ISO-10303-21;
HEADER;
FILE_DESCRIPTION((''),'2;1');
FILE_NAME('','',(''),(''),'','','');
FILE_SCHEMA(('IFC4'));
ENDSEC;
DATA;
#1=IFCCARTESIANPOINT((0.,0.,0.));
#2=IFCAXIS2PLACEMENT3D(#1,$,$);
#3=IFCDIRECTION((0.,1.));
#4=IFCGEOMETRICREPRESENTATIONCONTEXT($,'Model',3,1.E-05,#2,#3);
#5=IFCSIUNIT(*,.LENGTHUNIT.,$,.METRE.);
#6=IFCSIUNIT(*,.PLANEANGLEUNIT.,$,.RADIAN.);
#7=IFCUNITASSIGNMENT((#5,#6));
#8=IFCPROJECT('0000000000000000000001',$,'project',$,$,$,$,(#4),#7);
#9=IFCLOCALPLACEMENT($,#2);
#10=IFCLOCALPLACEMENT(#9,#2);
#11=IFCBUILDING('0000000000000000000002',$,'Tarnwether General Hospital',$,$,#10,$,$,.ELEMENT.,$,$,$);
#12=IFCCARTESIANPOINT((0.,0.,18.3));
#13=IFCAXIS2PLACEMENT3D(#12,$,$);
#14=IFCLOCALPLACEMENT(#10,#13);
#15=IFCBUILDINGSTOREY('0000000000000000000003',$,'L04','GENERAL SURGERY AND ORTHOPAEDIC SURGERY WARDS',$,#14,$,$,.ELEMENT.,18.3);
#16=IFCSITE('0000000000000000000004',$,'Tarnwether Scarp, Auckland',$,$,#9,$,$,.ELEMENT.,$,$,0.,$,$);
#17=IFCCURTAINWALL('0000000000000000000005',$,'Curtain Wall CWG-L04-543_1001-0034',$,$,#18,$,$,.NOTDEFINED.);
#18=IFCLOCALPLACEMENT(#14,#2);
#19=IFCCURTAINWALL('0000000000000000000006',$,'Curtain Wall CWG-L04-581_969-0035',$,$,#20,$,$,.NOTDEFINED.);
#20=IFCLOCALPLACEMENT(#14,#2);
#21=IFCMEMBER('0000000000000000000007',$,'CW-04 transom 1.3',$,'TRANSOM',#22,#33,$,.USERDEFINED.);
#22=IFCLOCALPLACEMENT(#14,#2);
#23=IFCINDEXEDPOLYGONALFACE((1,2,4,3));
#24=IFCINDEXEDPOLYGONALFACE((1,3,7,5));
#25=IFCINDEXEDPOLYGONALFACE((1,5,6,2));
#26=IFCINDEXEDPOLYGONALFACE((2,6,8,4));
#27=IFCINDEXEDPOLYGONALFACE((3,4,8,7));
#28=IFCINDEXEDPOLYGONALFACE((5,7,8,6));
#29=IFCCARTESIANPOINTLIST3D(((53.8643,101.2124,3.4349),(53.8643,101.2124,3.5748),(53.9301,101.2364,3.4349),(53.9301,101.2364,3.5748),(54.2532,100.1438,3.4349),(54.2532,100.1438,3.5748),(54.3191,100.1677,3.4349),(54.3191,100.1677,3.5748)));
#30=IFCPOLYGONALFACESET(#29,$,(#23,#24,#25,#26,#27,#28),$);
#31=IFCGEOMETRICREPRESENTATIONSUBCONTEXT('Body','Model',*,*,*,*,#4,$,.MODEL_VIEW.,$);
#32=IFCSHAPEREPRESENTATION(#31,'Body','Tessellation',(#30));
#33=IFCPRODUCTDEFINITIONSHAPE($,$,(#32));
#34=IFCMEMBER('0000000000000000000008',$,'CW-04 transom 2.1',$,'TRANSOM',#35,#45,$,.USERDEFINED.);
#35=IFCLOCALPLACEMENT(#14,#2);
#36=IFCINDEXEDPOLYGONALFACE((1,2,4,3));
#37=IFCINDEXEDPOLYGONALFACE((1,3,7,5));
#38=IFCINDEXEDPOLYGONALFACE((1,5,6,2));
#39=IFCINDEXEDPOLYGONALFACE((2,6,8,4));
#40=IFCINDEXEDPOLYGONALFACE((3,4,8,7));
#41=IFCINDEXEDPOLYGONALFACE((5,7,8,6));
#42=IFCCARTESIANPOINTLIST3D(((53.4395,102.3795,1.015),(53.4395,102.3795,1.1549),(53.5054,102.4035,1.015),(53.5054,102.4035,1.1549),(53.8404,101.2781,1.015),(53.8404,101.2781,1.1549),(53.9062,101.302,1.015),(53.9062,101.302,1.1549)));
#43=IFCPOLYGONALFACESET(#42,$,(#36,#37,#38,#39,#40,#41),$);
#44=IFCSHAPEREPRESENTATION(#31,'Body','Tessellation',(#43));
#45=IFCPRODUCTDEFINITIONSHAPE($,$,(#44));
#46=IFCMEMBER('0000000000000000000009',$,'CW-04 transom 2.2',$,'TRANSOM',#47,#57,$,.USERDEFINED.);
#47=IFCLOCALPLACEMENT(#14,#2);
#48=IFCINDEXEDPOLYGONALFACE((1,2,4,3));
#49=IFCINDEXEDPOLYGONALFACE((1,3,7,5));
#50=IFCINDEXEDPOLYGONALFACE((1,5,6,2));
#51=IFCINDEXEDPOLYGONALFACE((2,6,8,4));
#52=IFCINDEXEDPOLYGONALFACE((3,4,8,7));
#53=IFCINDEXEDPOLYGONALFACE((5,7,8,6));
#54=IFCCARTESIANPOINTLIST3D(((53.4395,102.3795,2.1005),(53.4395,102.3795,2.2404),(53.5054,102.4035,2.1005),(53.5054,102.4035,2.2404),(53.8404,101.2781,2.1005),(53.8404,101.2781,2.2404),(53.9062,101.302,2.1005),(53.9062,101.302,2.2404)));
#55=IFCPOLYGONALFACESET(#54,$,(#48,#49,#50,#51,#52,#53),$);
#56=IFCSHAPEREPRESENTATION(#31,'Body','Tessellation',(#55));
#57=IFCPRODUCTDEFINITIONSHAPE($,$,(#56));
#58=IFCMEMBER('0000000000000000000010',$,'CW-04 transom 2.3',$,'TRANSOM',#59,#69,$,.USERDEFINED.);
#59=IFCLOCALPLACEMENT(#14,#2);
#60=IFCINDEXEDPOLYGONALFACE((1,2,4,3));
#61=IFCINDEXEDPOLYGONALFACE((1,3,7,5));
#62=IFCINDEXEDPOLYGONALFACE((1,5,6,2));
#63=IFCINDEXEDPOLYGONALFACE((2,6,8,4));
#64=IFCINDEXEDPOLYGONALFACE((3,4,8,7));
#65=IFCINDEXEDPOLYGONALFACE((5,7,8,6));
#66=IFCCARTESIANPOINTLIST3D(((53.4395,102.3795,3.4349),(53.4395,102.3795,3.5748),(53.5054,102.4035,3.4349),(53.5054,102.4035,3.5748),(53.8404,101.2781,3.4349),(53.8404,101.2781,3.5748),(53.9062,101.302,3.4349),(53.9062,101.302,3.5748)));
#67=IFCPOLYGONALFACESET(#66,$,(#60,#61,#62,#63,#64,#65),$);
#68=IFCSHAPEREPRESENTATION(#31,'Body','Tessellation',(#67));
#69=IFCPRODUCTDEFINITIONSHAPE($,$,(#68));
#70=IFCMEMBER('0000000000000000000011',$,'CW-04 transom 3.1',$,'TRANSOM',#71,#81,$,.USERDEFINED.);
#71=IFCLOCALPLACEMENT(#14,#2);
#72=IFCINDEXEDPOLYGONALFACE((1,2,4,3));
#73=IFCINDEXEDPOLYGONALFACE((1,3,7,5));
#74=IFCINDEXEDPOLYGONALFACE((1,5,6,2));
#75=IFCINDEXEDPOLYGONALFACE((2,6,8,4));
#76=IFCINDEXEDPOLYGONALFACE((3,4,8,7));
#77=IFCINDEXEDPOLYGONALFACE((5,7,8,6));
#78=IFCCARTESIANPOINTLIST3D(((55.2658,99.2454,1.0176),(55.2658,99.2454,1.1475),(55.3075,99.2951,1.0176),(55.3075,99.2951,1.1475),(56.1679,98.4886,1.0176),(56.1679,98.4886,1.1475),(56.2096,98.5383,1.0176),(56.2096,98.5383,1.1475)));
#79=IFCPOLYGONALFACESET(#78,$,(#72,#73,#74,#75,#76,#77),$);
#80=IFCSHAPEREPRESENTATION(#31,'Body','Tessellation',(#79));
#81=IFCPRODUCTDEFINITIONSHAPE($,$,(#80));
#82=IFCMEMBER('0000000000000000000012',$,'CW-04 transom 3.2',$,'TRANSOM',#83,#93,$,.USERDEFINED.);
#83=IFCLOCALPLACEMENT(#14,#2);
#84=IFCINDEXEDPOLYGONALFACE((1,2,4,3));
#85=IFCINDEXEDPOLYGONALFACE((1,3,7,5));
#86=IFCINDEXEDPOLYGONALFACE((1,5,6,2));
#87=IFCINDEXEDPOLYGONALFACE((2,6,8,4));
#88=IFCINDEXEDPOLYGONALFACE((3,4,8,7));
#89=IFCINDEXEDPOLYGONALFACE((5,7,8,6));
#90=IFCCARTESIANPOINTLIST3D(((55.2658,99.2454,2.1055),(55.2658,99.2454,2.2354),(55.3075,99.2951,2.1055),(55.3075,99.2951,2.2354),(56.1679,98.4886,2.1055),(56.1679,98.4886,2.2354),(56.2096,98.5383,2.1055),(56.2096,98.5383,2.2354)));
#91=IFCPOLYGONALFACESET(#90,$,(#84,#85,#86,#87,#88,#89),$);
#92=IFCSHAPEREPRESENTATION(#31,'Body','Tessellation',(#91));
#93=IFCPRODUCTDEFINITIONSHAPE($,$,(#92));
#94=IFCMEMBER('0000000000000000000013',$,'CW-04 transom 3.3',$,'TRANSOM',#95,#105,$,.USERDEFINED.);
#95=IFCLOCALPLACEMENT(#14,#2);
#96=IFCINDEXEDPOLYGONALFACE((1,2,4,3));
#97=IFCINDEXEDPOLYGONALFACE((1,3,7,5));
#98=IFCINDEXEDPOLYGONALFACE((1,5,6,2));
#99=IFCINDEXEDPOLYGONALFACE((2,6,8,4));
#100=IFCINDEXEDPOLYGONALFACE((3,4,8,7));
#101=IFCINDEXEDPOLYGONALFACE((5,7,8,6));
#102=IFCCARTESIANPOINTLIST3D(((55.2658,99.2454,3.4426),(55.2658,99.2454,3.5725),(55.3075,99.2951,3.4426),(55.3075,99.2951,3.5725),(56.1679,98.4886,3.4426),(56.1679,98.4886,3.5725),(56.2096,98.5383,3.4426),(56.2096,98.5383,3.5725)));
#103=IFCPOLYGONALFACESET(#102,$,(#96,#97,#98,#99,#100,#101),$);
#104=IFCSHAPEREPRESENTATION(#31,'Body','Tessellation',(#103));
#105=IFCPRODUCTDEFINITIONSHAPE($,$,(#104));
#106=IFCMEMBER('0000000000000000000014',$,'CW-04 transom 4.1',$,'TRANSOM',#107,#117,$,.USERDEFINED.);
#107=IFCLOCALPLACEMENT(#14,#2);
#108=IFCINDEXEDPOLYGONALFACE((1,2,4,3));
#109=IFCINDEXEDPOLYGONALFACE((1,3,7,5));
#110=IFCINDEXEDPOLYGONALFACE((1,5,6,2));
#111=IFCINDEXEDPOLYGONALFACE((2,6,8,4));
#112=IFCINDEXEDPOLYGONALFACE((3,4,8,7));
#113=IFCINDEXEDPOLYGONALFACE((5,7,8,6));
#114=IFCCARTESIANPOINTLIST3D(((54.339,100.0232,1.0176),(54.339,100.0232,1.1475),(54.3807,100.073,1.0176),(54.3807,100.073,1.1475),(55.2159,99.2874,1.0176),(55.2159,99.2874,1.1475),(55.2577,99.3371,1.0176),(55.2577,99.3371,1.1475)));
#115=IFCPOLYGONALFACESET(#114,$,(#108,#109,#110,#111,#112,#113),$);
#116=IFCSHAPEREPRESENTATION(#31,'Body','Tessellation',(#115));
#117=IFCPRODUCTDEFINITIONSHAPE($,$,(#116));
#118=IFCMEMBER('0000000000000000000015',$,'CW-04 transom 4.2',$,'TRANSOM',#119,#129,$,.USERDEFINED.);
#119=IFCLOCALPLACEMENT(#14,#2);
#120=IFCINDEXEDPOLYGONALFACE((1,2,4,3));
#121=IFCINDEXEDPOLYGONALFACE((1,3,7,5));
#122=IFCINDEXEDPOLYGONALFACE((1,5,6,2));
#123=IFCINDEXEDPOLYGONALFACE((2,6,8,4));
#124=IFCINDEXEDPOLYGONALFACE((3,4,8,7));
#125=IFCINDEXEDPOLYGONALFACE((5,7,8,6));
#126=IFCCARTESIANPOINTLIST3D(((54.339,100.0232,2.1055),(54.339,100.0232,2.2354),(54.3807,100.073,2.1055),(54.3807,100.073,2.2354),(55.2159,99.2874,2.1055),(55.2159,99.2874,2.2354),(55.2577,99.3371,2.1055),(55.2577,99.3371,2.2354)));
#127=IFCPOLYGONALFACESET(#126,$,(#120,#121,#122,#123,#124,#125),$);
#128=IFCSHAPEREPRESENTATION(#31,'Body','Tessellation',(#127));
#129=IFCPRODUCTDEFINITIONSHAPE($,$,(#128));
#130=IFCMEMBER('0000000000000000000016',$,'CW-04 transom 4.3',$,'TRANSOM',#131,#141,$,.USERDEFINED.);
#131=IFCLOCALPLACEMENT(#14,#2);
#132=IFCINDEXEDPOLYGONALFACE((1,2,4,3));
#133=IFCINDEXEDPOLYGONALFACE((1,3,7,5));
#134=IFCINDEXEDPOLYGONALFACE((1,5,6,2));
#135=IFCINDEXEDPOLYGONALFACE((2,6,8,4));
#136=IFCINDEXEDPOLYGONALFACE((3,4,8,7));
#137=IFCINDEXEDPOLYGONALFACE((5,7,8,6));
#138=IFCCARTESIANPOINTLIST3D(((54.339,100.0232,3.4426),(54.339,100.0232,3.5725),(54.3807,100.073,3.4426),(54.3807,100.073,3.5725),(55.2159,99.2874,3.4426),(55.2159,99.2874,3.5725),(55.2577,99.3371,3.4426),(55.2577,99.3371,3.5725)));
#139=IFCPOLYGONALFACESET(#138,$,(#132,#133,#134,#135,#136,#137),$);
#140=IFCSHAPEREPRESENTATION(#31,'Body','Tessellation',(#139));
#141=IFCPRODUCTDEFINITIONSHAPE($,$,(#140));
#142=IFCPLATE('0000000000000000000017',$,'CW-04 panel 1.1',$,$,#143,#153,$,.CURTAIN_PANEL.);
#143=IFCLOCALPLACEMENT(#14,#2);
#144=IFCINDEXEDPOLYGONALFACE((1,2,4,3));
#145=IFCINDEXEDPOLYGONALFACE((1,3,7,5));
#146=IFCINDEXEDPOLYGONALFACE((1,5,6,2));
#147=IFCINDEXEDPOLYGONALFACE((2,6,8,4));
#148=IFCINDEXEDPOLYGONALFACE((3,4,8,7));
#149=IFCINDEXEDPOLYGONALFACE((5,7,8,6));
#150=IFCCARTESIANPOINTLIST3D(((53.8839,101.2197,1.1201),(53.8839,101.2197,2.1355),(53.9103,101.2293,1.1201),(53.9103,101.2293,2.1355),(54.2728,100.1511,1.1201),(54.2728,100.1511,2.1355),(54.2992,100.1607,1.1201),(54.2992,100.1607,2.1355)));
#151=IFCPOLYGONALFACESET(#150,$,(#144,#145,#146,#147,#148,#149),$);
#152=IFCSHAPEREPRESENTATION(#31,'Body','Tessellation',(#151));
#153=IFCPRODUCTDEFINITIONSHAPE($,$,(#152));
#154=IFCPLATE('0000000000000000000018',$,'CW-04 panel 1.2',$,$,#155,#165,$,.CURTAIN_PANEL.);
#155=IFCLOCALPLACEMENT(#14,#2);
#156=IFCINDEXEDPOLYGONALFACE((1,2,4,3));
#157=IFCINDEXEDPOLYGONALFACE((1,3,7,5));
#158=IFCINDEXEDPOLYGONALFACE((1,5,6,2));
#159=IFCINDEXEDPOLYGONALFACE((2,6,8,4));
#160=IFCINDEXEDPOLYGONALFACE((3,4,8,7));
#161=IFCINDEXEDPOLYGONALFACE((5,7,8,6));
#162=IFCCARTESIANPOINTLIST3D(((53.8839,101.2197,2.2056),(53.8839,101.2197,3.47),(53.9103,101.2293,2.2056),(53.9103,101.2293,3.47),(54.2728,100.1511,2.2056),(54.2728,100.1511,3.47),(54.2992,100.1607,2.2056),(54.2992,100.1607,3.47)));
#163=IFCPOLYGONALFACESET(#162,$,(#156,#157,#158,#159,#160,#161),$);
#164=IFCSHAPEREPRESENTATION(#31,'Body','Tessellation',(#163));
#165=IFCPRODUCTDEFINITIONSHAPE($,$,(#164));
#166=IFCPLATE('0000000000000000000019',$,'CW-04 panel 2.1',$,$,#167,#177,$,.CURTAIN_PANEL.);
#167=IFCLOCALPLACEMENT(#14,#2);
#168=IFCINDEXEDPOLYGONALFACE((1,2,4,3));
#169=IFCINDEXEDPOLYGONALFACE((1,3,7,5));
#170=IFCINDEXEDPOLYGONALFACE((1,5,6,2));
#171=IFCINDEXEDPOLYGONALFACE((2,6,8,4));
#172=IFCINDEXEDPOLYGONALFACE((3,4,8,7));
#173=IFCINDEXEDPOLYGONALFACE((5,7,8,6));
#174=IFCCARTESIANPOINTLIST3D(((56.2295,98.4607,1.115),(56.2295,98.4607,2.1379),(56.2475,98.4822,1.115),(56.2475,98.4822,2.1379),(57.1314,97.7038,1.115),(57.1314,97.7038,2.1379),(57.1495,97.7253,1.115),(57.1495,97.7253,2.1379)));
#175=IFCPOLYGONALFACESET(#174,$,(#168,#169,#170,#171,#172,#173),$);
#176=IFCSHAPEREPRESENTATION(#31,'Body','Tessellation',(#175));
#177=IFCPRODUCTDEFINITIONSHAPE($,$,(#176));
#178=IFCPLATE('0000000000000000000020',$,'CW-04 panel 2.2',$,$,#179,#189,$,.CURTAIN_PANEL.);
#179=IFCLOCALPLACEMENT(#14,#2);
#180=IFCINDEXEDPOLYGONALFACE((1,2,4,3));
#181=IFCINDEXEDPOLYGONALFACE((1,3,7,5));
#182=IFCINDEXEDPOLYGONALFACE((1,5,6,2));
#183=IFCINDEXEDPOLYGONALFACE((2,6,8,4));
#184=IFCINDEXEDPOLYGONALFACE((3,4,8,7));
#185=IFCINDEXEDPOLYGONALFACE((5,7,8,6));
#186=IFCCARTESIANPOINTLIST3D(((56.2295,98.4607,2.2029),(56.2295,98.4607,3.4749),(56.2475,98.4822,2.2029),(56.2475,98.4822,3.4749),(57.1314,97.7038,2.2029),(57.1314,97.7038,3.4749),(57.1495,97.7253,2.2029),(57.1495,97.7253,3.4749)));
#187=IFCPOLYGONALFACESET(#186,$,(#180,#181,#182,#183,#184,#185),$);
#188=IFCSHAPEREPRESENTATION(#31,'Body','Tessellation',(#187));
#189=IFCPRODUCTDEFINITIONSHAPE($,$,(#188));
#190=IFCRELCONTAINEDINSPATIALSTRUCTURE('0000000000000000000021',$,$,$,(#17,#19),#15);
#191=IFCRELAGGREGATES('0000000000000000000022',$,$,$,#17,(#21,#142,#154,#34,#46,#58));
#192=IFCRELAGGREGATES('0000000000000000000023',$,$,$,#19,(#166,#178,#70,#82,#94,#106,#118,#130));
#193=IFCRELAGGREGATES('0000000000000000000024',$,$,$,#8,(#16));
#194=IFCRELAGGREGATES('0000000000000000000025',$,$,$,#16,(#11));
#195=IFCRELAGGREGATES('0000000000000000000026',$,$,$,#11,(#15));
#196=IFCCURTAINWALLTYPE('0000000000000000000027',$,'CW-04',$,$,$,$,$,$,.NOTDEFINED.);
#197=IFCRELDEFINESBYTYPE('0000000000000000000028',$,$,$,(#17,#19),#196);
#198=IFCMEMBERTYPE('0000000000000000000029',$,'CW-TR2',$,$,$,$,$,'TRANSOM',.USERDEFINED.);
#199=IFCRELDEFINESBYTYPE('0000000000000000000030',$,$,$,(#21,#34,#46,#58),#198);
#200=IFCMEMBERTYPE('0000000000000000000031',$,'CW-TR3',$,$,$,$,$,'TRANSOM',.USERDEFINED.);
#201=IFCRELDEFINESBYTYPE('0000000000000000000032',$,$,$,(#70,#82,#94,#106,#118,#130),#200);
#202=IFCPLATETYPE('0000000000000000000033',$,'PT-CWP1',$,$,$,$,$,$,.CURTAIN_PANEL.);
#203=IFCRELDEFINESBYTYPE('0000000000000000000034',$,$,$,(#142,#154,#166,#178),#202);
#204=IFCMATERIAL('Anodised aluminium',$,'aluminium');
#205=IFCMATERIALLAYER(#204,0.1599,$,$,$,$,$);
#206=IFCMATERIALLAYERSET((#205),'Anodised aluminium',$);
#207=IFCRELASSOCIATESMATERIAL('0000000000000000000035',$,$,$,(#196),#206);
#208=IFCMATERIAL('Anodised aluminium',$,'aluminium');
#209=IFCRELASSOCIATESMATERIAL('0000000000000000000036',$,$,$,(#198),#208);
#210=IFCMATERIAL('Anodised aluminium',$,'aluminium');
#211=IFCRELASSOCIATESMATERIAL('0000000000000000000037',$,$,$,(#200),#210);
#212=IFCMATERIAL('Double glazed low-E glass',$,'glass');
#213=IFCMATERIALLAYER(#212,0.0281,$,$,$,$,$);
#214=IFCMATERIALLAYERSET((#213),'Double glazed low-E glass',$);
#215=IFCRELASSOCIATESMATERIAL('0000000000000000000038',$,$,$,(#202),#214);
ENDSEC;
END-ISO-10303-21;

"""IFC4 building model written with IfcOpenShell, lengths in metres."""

from ifc_helpers import new_model, si_unit, direction, frame, origin, origin_2d, place, context, subcontext, project, spatial, rectangle, extrude, material, layer, layer_set, material_profile, profile_set, type_object, element, aggregate, save


model = new_model("IFC4")

# Units and contexts
model_context = context("Model", 3, precision=1e-05, world=origin(), true_north=direction((0.0, 1.0)))
body_context = subcontext(model_context, "Body", "Model", "MODEL_VIEW")
ifc_project = project(units=[si_unit("LENGTHUNIT", "METRE"), si_unit("PLANEANGLEUNIT", "RADIAN")], contexts=[model_context])

# Site, building, storey
site_placement = place(None, origin())
site = spatial("IfcSite", under=ifc_project, at=site_placement, Name="Tarnwether Scarp, Auckland", CompositionType="ELEMENT", RefElevation=0.0)
building_placement = place(site_placement, origin())
building = spatial("IfcBuilding", under=site, at=building_placement, Name="Tarnwether General Hospital", CompositionType="ELEMENT")
storey_placement = place(building_placement, frame((0.0, 0.0, 18.3)))
storey = spatial("IfcBuildingStorey", under=building, at=storey_placement, Name="L04", Description="GENERAL SURGERY AND ORTHOPAEDIC SURGERY WARDS", CompositionType="ELEMENT", Elevation=18.3)

# Curtain wall
ifc_material_1 = material(Name="Anodised aluminium", Category="aluminium")
ifc_layer_1 = layer(ifc_material_1, 0.1599)
ifc_layer_set_1 = layer_set([ifc_layer_1], Name="Anodised aluminium")
curtain_wall_type = type_object("IfcCurtainWallType", Name="CW-04", PredefinedType="NOTDEFINED", material=ifc_layer_set_1)
curtain_wall_1_placement = place(storey_placement, origin())
curtain_wall_1 = element("IfcCurtainWall", 1, at=curtain_wall_1_placement, inside=storey, type_object=curtain_wall_type, Name="Curtain Wall CWG-L04-543_1001-0034", PredefinedType="NOTDEFINED")

# Curtain wall
curtain_wall_2_placement = place(storey_placement, origin())
curtain_wall_2 = element("IfcCurtainWall", 2, at=curtain_wall_2_placement, inside=storey, type_object=curtain_wall_type, Name="Curtain Wall CWG-L04-581_969-0035", PredefinedType="NOTDEFINED")

# Members
ifc_material_2 = material(Name="Anodised aluminium", Category="aluminium")
ifc_material_profile_1 = material_profile(ifc_material_2, rectangle(XDim=0.0701, YDim=0.1399, at=origin_2d()), Name="ALU-TRN-70x140")
ifc_profile_set_1 = profile_set([ifc_material_profile_1], Name="Anodised aluminium")
member_type_1 = type_object("IfcMemberType", Name="CW-TR2", ElementType="TRANSOM", PredefinedType="USERDEFINED", material=ifc_profile_set_1)
member_1_placement = place(storey_placement, frame((54.2861, 100.1558, 3.5049), z_axis=(-0.342002, 0.939699, 0.0), x_axis=(-0.939699, -0.342002, 0.0)))
member_1 = element("IfcMember", 3, at=member_1_placement, type_object=member_type_1, Name="CW-04 transom 1.3", ObjectType="TRANSOM", PredefinedType="USERDEFINED", context=body_context, shape_type="SweptSolid", body=[
    extrude(rectangle(XDim=0.0701, YDim=0.1399, at=origin_2d()), origin(), (0.0, 0.0, 1.0), 1.1372),
])
member_2_placement = place(storey_placement, frame((53.8733, 101.29, 1.085), z_axis=(-0.341977, 0.939708, 0.0), x_axis=(-0.939708, -0.341977, 0.0)))
member_2 = element("IfcMember", 4, at=member_2_placement, type_object=member_type_1, Name="CW-04 transom 2.1", ObjectType="TRANSOM", PredefinedType="USERDEFINED", context=body_context, shape_type="SweptSolid", body=[
    extrude(rectangle(XDim=0.0701, YDim=0.1399, at=origin_2d()), origin(), (0.0, 0.0, 1.0), 1.1721),
])
member_3_placement = place(storey_placement, frame((53.8733, 101.29, 2.1704), z_axis=(-0.341977, 0.939708, 0.0), x_axis=(-0.939708, -0.341977, 0.0)))
member_3 = element("IfcMember", 5, at=member_3_placement, type_object=member_type_1, Name="CW-04 transom 2.2", ObjectType="TRANSOM", PredefinedType="USERDEFINED", context=body_context, shape_type="SweptSolid", body=[
    extrude(rectangle(XDim=0.0701, YDim=0.1399, at=origin_2d()), origin(), (0.0, 0.0, 1.0), 1.1721),
])
member_4_placement = place(storey_placement, frame((53.8733, 101.29, 3.5049), z_axis=(-0.341977, 0.939708, 0.0), x_axis=(-0.939708, -0.341977, 0.0)))
member_4 = element("IfcMember", 6, at=member_4_placement, type_object=member_type_1, Name="CW-04 transom 2.3", ObjectType="TRANSOM", PredefinedType="USERDEFINED", context=body_context, shape_type="SweptSolid", body=[
    extrude(rectangle(XDim=0.0701, YDim=0.1399, at=origin_2d()), origin(), (0.0, 0.0, 1.0), 1.1721),
])
ifc_material_3 = material(Name="Anodised aluminium", Category="aluminium")
ifc_material_profile_2 = material_profile(ifc_material_3, rectangle(XDim=0.0649, YDim=0.1299, at=origin_2d()), Name="ALU-TRN-65x130")
ifc_profile_set_2 = profile_set([ifc_material_profile_2], Name="Anodised aluminium")
member_type_2 = type_object("IfcMemberType", Name="CW-TR3", ElementType="TRANSOM", PredefinedType="USERDEFINED", material=ifc_profile_set_2)
member_5_placement = place(storey_placement, frame((56.1887, 98.5134, 1.0825), z_axis=(-0.766093, 0.64273, 0.0), x_axis=(-0.64273, -0.766093, 0.0)))
member_5 = element("IfcMember", 7, at=member_5_placement, type_object=member_type_2, Name="CW-04 transom 3.1", ObjectType="TRANSOM", PredefinedType="USERDEFINED", context=body_context, shape_type="SweptSolid", body=[
    extrude(rectangle(XDim=0.0649, YDim=0.1299, at=origin_2d()), origin(), (0.0, 0.0, 1.0), 1.1775),
])
member_6_placement = place(storey_placement, frame((56.1887, 98.5134, 2.1704), z_axis=(-0.766093, 0.64273, 0.0), x_axis=(-0.64273, -0.766093, 0.0)))
member_6 = element("IfcMember", 8, at=member_6_placement, type_object=member_type_2, Name="CW-04 transom 3.2", ObjectType="TRANSOM", PredefinedType="USERDEFINED", context=body_context, shape_type="SweptSolid", body=[
    extrude(rectangle(XDim=0.0649, YDim=0.1299, at=origin_2d()), origin(), (0.0, 0.0, 1.0), 1.1775),
])
member_7_placement = place(storey_placement, frame((56.1887, 98.5134, 3.5076), z_axis=(-0.766093, 0.64273, 0.0), x_axis=(-0.64273, -0.766093, 0.0)))
member_7 = element("IfcMember", 9, at=member_7_placement, type_object=member_type_2, Name="CW-04 transom 3.3", ObjectType="TRANSOM", PredefinedType="USERDEFINED", context=body_context, shape_type="SweptSolid", body=[
    extrude(rectangle(XDim=0.0649, YDim=0.1299, at=origin_2d()), origin(), (0.0, 0.0, 1.0), 1.1775),
])
member_8_placement = place(storey_placement, frame((55.2368, 99.3123, 1.0825), z_axis=(-0.766049, 0.642782, 0.0), x_axis=(-0.642782, -0.766049, 0.0)))
member_8 = element("IfcMember", 10, at=member_8_placement, type_object=member_type_2, Name="CW-04 transom 4.1", ObjectType="TRANSOM", PredefinedType="USERDEFINED", context=body_context, shape_type="SweptSolid", body=[
    extrude(rectangle(XDim=0.0649, YDim=0.1299, at=origin_2d()), origin(), (0.0, 0.0, 1.0), 1.1448),
])
member_9_placement = place(storey_placement, frame((55.2368, 99.3123, 2.1704), z_axis=(-0.766049, 0.642782, 0.0), x_axis=(-0.642782, -0.766049, 0.0)))
member_9 = element("IfcMember", 11, at=member_9_placement, type_object=member_type_2, Name="CW-04 transom 4.2", ObjectType="TRANSOM", PredefinedType="USERDEFINED", context=body_context, shape_type="SweptSolid", body=[
    extrude(rectangle(XDim=0.0649, YDim=0.1299, at=origin_2d()), origin(), (0.0, 0.0, 1.0), 1.1448),
])
member_10_placement = place(storey_placement, frame((55.2368, 99.3123, 3.5076), z_axis=(-0.766049, 0.642782, 0.0), x_axis=(-0.642782, -0.766049, 0.0)))
member_10 = element("IfcMember", 12, at=member_10_placement, type_object=member_type_2, Name="CW-04 transom 4.3", ObjectType="TRANSOM", PredefinedType="USERDEFINED", context=body_context, shape_type="SweptSolid", body=[
    extrude(rectangle(XDim=0.0649, YDim=0.1299, at=origin_2d()), origin(), (0.0, 0.0, 1.0), 1.1448),
])

# Plates
ifc_material_4 = material(Name="Double glazed low-E glass", Category="glass")
ifc_layer_2 = layer(ifc_material_4, 0.0281)
ifc_layer_set_2 = layer_set([ifc_layer_2], Name="Double glazed low-E glass")
plate_type_1 = type_object("IfcPlateType", Name="PT-CWP1", PredefinedType="CURTAIN_PANEL", material=ifc_layer_set_2)
plate_1_placement = place(storey_placement, frame((54.0916, 100.6902, 1.1201), z_axis=(0.0, 0.0, 1.0), x_axis=(-0.341953, 0.939717, 0.0)))
plate_1 = element("IfcPlate", 13, at=plate_1_placement, type_object=plate_type_1, Name="CW-04 panel 1.1", PredefinedType="CURTAIN_PANEL", context=body_context, shape_type="SweptSolid", body=[
    extrude(rectangle(XDim=1.1372, YDim=0.0281, at=origin_2d()), origin(), (0.0, 0.0, 1.0), 1.0154),
])
plate_2_placement = place(storey_placement, frame((54.0916, 100.6902, 2.2056), z_axis=(0.0, 0.0, 1.0), x_axis=(-0.341953, 0.939717, 0.0)))
plate_2 = element("IfcPlate", 14, at=plate_2_placement, type_object=plate_type_1, Name="CW-04 panel 1.2", PredefinedType="CURTAIN_PANEL", context=body_context, shape_type="SweptSolid", body=[
    extrude(rectangle(XDim=1.1372, YDim=0.0281, at=origin_2d()), origin(), (0.0, 0.0, 1.0), 1.2644),
])
aggregate(curtain_wall_1, [member_1, plate_1, plate_2, member_2, member_3, member_4])
plate_3_placement = place(storey_placement, frame((56.6895, 98.093, 1.115), z_axis=(0.0, 0.0, 1.0), x_axis=(-0.76599, 0.642852, 0.0)))
plate_3 = element("IfcPlate", 15, at=plate_3_placement, type_object=plate_type_1, Name="CW-04 panel 2.1", PredefinedType="CURTAIN_PANEL", context=body_context, shape_type="SweptSolid", body=[
    extrude(rectangle(XDim=1.1775, YDim=0.0281, at=origin_2d()), origin(), (0.0, 0.0, 1.0), 1.0229),
])
plate_4_placement = place(storey_placement, frame((56.6895, 98.093, 2.2029), z_axis=(0.0, 0.0, 1.0), x_axis=(-0.76599, 0.642852, 0.0)))
plate_4 = element("IfcPlate", 16, at=plate_4_placement, type_object=plate_type_1, Name="CW-04 panel 2.2", PredefinedType="CURTAIN_PANEL", context=body_context, shape_type="SweptSolid", body=[
    extrude(rectangle(XDim=1.1775, YDim=0.0281, at=origin_2d()), origin(), (0.0, 0.0, 1.0), 1.272),
])
aggregate(curtain_wall_2, [plate_3, plate_4, member_5, member_6, member_7, member_8, member_9, member_10])

save(model, "model.ifc")
